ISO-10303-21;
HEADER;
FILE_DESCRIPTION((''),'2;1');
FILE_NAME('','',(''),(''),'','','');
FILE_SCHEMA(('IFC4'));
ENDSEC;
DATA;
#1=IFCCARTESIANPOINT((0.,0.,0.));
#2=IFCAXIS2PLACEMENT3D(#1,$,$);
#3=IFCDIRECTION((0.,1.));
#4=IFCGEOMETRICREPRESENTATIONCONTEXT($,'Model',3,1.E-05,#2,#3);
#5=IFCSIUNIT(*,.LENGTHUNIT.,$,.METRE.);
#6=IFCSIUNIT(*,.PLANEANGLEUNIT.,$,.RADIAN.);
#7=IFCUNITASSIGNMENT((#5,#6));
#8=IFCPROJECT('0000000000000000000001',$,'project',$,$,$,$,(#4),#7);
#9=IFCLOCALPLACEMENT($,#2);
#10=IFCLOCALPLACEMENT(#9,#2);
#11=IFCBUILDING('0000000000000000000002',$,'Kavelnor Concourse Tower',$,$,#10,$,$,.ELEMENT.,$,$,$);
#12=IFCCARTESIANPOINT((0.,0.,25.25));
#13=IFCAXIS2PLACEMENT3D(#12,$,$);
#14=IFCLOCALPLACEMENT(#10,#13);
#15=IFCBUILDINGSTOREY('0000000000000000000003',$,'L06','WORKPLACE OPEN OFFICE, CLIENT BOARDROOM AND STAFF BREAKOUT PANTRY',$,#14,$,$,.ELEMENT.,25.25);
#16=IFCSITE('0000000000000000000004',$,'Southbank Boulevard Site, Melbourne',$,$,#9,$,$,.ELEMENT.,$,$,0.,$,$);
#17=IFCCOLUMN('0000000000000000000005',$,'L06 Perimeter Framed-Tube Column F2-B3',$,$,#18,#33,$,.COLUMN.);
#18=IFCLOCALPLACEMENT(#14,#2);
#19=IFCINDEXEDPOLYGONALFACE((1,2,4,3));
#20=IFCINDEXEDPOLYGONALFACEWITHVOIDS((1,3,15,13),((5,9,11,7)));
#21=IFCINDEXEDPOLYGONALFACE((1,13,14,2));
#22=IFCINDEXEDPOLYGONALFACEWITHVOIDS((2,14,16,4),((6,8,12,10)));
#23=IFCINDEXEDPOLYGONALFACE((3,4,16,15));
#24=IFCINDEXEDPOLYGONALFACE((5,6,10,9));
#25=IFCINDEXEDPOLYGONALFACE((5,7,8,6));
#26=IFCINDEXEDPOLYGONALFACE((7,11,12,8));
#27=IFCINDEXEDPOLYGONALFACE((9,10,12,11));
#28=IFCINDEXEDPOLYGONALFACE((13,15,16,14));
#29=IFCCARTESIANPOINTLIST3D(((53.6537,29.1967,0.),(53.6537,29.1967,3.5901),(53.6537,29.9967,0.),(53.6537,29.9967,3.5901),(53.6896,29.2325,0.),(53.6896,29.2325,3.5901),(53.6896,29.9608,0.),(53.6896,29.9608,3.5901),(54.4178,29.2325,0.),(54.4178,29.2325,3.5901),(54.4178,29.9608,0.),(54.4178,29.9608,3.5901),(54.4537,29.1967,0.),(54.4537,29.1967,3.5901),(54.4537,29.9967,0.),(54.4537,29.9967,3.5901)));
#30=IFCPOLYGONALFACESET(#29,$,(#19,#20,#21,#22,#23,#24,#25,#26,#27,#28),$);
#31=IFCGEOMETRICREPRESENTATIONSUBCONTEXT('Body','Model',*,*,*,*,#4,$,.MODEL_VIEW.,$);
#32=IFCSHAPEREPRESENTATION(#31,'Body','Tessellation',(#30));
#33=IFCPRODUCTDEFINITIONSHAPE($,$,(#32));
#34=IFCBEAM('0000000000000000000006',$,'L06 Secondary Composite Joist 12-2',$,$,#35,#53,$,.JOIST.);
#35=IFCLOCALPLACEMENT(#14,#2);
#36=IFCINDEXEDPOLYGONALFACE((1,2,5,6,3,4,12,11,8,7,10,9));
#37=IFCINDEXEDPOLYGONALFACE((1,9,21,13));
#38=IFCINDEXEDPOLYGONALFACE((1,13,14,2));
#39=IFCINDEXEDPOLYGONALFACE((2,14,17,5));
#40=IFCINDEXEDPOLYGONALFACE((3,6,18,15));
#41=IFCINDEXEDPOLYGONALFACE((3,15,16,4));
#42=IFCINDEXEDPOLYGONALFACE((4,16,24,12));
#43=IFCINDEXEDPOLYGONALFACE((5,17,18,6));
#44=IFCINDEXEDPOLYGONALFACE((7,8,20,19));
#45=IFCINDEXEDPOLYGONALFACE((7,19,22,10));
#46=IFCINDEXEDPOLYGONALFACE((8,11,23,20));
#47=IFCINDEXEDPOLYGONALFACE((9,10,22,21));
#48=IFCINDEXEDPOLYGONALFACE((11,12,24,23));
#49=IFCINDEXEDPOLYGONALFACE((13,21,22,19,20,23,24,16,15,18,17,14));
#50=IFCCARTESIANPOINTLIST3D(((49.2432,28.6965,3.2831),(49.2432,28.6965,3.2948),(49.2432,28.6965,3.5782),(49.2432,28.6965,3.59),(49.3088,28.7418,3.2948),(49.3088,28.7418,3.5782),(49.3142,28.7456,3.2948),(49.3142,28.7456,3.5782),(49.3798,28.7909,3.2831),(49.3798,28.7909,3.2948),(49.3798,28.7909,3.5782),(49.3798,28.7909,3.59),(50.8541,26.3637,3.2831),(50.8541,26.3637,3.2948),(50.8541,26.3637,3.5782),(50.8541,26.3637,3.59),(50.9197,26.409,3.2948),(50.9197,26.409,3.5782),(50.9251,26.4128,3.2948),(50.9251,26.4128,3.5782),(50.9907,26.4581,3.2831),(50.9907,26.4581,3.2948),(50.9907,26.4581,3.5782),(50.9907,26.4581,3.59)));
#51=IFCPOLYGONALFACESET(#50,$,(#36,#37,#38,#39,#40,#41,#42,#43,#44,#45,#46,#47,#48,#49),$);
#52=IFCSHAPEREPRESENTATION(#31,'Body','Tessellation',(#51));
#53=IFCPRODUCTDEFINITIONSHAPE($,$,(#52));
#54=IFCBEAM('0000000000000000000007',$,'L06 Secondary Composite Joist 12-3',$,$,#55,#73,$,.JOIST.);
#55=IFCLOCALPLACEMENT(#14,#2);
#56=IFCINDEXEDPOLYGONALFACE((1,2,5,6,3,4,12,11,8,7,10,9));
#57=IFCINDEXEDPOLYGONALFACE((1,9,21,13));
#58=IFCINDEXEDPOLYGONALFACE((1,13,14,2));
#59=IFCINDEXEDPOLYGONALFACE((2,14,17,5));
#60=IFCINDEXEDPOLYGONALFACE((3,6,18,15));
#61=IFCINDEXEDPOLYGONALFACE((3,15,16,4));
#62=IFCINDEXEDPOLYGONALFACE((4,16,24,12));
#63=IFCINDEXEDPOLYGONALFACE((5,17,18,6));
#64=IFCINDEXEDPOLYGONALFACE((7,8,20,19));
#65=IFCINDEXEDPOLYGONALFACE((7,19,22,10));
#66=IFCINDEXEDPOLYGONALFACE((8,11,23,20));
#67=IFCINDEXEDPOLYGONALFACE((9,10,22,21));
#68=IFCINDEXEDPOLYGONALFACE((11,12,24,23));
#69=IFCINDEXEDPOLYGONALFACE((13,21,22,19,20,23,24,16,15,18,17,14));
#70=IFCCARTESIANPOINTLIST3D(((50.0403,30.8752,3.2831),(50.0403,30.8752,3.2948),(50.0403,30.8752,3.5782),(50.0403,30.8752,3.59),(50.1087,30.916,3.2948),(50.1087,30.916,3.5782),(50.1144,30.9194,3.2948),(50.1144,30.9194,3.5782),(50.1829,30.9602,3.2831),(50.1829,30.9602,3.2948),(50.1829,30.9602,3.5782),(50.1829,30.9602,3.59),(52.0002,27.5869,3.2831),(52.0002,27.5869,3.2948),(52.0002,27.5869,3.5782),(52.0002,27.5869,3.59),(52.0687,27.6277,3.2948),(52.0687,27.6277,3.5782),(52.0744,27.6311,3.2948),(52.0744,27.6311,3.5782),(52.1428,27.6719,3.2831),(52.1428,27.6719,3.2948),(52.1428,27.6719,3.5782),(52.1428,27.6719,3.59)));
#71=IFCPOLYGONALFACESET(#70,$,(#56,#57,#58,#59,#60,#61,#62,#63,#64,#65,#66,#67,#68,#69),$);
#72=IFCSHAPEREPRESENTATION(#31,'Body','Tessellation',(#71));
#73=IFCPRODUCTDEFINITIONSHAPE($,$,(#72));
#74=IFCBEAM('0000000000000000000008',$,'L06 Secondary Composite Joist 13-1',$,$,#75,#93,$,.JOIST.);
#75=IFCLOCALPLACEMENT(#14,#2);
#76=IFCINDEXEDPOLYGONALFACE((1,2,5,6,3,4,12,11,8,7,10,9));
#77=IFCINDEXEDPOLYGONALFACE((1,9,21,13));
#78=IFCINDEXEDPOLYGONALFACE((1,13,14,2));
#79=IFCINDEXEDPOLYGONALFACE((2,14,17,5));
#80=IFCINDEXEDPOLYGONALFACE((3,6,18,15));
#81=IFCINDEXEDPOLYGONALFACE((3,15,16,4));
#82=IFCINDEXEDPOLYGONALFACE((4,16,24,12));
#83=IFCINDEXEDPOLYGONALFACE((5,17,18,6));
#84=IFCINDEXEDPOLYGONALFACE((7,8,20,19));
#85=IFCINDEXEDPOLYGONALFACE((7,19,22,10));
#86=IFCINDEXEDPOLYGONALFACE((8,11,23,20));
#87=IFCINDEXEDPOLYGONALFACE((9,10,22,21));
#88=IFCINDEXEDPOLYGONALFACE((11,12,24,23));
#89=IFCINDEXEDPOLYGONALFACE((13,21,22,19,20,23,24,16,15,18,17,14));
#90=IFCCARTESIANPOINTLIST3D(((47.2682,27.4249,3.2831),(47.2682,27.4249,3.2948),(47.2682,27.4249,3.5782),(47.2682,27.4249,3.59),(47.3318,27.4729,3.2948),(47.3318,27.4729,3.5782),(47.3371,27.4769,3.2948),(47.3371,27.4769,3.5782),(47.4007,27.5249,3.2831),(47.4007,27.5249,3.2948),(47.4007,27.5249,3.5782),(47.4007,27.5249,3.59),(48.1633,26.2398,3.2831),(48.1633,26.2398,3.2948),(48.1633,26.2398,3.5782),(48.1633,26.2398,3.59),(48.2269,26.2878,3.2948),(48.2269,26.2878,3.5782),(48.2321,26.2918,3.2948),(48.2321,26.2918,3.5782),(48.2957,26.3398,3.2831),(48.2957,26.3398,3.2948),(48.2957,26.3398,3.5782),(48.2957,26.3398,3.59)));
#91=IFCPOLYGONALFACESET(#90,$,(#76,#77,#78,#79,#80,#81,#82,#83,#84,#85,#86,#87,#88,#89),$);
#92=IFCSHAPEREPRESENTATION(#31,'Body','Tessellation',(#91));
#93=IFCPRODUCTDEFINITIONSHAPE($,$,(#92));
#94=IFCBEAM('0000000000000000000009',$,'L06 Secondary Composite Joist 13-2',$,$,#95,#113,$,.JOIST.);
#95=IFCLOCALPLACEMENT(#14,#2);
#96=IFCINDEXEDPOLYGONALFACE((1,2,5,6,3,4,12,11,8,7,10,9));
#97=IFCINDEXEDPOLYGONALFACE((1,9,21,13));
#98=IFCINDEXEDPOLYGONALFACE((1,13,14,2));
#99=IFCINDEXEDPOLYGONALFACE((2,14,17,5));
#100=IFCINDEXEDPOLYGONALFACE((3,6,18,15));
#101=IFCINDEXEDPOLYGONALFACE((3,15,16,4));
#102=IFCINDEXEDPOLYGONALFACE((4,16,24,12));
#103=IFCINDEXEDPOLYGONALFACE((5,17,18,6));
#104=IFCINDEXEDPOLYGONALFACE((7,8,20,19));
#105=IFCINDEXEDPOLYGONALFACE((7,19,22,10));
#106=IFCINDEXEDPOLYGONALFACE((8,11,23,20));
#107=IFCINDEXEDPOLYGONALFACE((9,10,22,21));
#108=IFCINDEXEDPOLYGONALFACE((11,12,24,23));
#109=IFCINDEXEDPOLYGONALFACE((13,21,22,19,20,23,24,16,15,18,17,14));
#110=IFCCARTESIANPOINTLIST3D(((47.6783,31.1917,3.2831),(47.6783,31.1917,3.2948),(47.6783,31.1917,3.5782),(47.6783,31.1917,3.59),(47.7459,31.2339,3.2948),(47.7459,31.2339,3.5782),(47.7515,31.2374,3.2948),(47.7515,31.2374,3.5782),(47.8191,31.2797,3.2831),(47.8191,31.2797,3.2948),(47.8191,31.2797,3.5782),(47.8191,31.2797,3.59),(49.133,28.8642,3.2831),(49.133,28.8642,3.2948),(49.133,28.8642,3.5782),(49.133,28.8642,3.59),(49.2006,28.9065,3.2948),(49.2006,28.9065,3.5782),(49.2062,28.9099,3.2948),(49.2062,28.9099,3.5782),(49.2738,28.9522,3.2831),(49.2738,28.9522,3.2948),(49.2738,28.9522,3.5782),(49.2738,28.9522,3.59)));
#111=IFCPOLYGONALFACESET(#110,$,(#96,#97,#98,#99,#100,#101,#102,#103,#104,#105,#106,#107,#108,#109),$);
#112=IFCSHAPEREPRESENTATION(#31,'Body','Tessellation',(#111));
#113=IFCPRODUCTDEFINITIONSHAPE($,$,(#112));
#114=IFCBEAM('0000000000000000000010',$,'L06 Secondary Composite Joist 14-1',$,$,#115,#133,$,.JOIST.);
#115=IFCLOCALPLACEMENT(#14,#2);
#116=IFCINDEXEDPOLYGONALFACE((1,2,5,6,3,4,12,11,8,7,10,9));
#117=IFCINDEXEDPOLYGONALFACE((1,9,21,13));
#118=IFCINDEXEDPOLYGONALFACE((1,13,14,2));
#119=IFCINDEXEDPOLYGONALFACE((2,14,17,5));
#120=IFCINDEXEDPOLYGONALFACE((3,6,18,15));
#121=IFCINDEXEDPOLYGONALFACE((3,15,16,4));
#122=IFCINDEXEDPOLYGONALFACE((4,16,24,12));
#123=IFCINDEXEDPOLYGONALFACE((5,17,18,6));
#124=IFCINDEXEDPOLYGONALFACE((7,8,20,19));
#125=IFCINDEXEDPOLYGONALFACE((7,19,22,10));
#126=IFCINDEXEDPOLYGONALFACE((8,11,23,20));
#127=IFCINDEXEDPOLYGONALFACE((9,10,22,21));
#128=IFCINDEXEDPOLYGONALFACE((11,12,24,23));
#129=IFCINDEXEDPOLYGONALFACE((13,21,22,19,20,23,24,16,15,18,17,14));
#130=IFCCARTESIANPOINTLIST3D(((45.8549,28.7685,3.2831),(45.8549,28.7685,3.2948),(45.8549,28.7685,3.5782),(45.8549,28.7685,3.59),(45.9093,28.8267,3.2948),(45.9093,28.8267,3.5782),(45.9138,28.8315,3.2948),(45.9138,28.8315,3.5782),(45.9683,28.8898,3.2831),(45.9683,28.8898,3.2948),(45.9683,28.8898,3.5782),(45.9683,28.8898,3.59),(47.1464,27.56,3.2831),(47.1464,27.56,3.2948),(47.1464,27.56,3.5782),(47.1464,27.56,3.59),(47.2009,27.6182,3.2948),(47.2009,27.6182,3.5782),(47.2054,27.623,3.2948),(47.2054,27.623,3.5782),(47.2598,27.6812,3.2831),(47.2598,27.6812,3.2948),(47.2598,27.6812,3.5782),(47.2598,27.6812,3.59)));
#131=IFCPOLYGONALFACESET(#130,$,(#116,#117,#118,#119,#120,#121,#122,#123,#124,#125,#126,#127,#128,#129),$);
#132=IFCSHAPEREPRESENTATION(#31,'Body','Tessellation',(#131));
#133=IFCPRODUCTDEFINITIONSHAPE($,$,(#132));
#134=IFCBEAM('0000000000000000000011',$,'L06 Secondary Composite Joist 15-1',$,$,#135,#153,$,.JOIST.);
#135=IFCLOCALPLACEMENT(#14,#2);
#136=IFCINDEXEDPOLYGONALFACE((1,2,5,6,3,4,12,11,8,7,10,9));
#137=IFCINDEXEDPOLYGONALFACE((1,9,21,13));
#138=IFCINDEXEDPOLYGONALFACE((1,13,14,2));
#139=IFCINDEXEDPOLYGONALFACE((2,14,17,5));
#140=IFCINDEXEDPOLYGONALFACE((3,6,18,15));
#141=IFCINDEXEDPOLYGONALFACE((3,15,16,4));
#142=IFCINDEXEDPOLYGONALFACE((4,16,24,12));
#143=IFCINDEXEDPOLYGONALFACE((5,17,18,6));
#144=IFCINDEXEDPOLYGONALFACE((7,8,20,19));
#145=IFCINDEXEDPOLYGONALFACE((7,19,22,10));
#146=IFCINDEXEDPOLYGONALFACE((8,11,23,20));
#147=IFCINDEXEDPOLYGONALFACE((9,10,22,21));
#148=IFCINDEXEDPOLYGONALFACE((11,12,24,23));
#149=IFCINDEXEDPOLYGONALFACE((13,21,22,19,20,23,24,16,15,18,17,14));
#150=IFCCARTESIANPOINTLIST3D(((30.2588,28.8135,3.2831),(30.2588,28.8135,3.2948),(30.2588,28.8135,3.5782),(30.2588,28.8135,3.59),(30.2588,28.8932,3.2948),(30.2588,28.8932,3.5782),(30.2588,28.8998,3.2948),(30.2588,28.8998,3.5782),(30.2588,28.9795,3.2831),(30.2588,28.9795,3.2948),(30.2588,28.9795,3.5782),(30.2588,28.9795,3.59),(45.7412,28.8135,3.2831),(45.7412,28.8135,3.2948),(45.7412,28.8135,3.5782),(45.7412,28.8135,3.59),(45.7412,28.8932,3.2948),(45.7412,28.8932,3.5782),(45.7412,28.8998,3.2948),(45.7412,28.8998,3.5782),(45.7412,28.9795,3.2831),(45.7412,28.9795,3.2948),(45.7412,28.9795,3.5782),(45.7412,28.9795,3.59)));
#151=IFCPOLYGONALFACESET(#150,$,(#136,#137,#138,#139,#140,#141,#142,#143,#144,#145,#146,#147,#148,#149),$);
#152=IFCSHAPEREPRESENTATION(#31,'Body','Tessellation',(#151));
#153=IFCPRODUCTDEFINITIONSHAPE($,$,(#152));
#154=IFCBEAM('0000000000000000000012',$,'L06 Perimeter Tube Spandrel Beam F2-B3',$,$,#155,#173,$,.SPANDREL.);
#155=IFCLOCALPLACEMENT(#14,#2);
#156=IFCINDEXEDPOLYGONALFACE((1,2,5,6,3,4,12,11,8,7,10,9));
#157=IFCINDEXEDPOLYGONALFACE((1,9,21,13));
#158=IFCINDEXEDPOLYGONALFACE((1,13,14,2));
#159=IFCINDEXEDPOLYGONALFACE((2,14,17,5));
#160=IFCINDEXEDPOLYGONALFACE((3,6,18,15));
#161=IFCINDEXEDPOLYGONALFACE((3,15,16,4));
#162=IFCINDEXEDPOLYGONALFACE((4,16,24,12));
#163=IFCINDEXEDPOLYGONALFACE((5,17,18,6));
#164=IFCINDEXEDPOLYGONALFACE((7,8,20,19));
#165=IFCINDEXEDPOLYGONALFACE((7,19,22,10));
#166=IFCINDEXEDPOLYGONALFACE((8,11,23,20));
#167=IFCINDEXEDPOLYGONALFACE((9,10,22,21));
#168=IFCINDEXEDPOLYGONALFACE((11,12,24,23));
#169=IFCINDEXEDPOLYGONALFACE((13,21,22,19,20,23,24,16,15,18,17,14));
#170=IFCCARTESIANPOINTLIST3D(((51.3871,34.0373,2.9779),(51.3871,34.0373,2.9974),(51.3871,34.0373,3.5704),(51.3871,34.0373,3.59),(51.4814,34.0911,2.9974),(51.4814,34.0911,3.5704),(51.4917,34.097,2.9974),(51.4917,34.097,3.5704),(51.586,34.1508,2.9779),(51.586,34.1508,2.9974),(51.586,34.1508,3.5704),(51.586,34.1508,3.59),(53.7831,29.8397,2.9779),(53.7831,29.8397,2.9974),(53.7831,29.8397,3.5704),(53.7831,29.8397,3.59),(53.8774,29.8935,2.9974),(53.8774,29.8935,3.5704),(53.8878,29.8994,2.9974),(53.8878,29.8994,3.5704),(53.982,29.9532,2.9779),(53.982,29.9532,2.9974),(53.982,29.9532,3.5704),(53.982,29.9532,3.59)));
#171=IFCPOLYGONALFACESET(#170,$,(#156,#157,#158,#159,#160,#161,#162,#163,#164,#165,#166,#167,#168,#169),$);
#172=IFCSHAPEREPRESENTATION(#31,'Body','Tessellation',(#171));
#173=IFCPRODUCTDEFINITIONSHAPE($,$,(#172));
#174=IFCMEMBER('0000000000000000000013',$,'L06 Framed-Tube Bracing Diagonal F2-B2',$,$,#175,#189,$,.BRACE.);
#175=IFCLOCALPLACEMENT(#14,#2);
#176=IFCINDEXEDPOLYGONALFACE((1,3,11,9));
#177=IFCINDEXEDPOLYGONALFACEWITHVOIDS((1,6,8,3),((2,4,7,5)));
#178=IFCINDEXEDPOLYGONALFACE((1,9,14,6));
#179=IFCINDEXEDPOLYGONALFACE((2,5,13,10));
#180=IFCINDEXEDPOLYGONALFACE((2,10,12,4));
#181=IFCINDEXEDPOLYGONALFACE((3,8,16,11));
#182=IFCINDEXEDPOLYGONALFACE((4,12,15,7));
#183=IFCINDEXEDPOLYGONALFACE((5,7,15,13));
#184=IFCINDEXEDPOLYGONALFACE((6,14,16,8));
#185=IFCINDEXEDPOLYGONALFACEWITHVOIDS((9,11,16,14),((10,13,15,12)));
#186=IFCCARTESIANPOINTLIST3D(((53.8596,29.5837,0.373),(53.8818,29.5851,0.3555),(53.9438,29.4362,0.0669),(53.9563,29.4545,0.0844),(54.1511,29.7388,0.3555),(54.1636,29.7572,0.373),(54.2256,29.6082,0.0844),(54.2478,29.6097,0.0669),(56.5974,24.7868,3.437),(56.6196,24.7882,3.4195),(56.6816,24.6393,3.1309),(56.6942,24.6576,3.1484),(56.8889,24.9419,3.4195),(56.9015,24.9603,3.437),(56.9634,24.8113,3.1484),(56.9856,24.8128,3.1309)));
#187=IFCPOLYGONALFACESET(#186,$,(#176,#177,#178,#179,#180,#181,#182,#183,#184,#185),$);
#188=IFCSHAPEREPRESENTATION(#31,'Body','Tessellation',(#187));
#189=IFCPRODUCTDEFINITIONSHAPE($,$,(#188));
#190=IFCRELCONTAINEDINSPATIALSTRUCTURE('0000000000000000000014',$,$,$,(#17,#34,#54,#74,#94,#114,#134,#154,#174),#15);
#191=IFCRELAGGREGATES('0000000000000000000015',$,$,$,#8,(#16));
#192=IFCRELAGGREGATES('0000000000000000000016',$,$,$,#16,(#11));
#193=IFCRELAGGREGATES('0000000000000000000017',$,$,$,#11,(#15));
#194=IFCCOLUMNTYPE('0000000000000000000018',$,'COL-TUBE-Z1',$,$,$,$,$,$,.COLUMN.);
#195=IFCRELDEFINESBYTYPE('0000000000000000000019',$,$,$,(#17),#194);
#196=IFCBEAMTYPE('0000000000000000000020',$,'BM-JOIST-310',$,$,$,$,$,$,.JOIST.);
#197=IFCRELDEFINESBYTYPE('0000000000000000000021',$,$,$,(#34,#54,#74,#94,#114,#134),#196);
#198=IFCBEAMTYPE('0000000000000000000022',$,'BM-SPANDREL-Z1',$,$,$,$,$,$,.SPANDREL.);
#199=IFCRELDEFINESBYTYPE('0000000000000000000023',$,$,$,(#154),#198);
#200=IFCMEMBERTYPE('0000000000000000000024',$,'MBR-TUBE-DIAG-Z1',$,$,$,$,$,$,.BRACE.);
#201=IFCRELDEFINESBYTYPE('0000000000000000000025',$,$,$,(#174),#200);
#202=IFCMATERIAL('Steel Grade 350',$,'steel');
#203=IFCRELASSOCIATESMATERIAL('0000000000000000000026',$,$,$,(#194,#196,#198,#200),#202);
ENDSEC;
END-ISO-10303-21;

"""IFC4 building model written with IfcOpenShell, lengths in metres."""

from ifc_helpers import new_model, si_unit, direction, frame, origin, origin_2d, place, context, subcontext, project, spatial, hollow_rectangle, i_section, extrude, material, material_profile, profile_set, type_object, element, save


model = new_model("IFC4")

# Units and contexts
model_context = context("Model", 3, precision=1e-05, world=origin(), true_north=direction((0.0, 1.0)))
body_context = subcontext(model_context, "Body", "Model", "MODEL_VIEW")
ifc_project = project(units=[si_unit("LENGTHUNIT", "METRE"), si_unit("PLANEANGLEUNIT", "RADIAN")], contexts=[model_context])

# Site, building, storey
site_placement = place(None, origin())
site = spatial("IfcSite", under=ifc_project, at=site_placement, Name="Southbank Boulevard Site, Melbourne", CompositionType="ELEMENT", RefElevation=0.0)
building_placement = place(site_placement, origin())
building = spatial("IfcBuilding", under=site, at=building_placement, Name="Kavelnor Concourse Tower", CompositionType="ELEMENT")
storey_placement = place(building_placement, frame((0.0, 0.0, 25.25)))
storey = spatial("IfcBuildingStorey", under=building, at=storey_placement, Name="L06", Description="WORKPLACE OPEN OFFICE, CLIENT BOARDROOM AND STAFF BREAKOUT PANTRY", CompositionType="ELEMENT", Elevation=25.25)

# Column
ifc_material_1 = material(Name="Steel Grade 350", Category="steel")
ifc_material_profile_1 = material_profile(ifc_material_1, hollow_rectangle(XDim=0.8, YDim=0.8, WallThickness=0.0359, at=origin_2d()), Name="SHS 800x800x36")
ifc_profile_set_1 = profile_set([ifc_material_profile_1], Name="Steel Grade 350")
column_type = type_object("IfcColumnType", Name="COL-TUBE-Z1", PredefinedType="COLUMN", material=ifc_profile_set_1)
column_placement = place(storey_placement, frame((54.0537, 29.5967, 0.0), z_axis=(0.0, 0.0, 1.0), x_axis=(1.0, 0.0, 0.0)))
element("IfcColumn", 1, at=column_placement, inside=storey, type_object=column_type, Name="L06 Perimeter Framed-Tube Column F2-B3", PredefinedType="COLUMN", context=body_context, shape_type="SweptSolid", body=[
    extrude(hollow_rectangle(XDim=0.8, YDim=0.8, WallThickness=0.0359, at=origin_2d()), origin(), (0.0, 0.0, 1.0), 3.5901),
])

# Beams
ifc_material_profile_2 = material_profile(ifc_material_1, i_section(OverallWidth=0.166, OverallDepth=0.3069, WebThickness=0.0066, FlangeThickness=0.0117, at=origin_2d()), Name="310UB46")
ifc_profile_set_2 = profile_set([ifc_material_profile_2], Name="Steel Grade 350")
beam_type_1 = type_object("IfcBeamType", Name="BM-JOIST-310", PredefinedType="JOIST", material=ifc_profile_set_2)
beam_1_placement = place(storey_placement, frame((50.9224, 26.4109, 3.4365), z_axis=(-0.56822, 0.822877, 0.0), x_axis=(-0.822877, -0.56822, 0.0)))
element("IfcBeam", 2, at=beam_1_placement, inside=storey, type_object=beam_type_1, Name="L06 Secondary Composite Joist 12-2", PredefinedType="JOIST", context=body_context, shape_type="SweptSolid", body=[
    extrude(i_section(OverallWidth=0.166, OverallDepth=0.3069, WebThickness=0.0066, FlangeThickness=0.0117, at=origin_2d()), origin(), (0.0, 0.0, 1.0), 2.835),
])
beam_2_placement = place(storey_placement, frame((52.0715, 27.6294, 3.4365), z_axis=(-0.511989, 0.858992, 0.0), x_axis=(-0.858992, -0.511989, 0.0)))
element("IfcBeam", 3, at=beam_2_placement, inside=storey, type_object=beam_type_1, Name="L06 Secondary Composite Joist 12-3", PredefinedType="JOIST", context=body_context, shape_type="SweptSolid", body=[
    extrude(i_section(OverallWidth=0.166, OverallDepth=0.3069, WebThickness=0.0066, FlangeThickness=0.0117, at=origin_2d()), origin(), (0.0, 0.0, 1.0), 3.8281),
])
beam_3_placement = place(storey_placement, frame((48.2295, 26.2898, 3.4365), z_axis=(-0.60268, 0.797983, 0.0), x_axis=(-0.797983, -0.60268, 0.0)))
element("IfcBeam", 4, at=beam_3_placement, inside=storey, type_object=beam_type_1, Name="L06 Secondary Composite Joist 13-1", PredefinedType="JOIST", context=body_context, shape_type="SweptSolid", body=[
    extrude(i_section(OverallWidth=0.166, OverallDepth=0.3069, WebThickness=0.0066, FlangeThickness=0.0117, at=origin_2d()), origin(), (0.0, 0.0, 1.0), 1.4851),
])
beam_4_placement = place(storey_placement, frame((49.2034, 28.9082, 3.4365), z_axis=(-0.529991, 0.848003, 0.0), x_axis=(-0.848003, -0.529991, 0.0)))
element("IfcBeam", 5, at=beam_4_placement, inside=storey, type_object=beam_type_1, Name="L06 Secondary Composite Joist 13-2", PredefinedType="JOIST", context=body_context, shape_type="SweptSolid", body=[
    extrude(i_section(OverallWidth=0.166, OverallDepth=0.3069, WebThickness=0.0066, FlangeThickness=0.0117, at=origin_2d()), origin(), (0.0, 0.0, 1.0), 2.7446),
])
beam_5_placement = place(storey_placement, frame((47.2031, 27.6206, 3.4365), z_axis=(-0.730183, 0.683252, 0.0), x_axis=(-0.683252, -0.730183, 0.0)))
element("IfcBeam", 6, at=beam_5_placement, inside=storey, type_object=beam_type_1, Name="L06 Secondary Composite Joist 14-1", PredefinedType="JOIST", context=body_context, shape_type="SweptSolid", body=[
    extrude(i_section(OverallWidth=0.166, OverallDepth=0.3069, WebThickness=0.0066, FlangeThickness=0.0117, at=origin_2d()), origin(), (0.0, 0.0, 1.0), 1.7688),
])
beam_6_placement = place(storey_placement, frame((45.7412, 28.8965, 3.4365), z_axis=(-1.0, 0.0, 0.0), x_axis=(0.0, -1.0, 0.0)))
element("IfcBeam", 7, at=beam_6_placement, inside=storey, type_object=beam_type_1, Name="L06 Secondary Composite Joist 15-1", PredefinedType="JOIST", context=body_context, shape_type="SweptSolid", body=[
    extrude(i_section(OverallWidth=0.166, OverallDepth=0.3069, WebThickness=0.0066, FlangeThickness=0.0117, at=origin_2d()), origin(), (0.0, 0.0, 1.0), 15.4824),
])
ifc_material_profile_3 = material_profile(ifc_material_1, i_section(OverallWidth=0.229, OverallDepth=0.6121, WebThickness=0.012, FlangeThickness=0.0195, at=origin_2d()), Name="610UB125")
ifc_profile_set_3 = profile_set([ifc_material_profile_3], Name="Steel Grade 350")
beam_type_2 = type_object("IfcBeamType", Name="BM-SPANDREL-Z1", PredefinedType="SPANDREL", material=ifc_profile_set_3)
beam_7_placement = place(storey_placement, frame((53.8826, 29.8965, 3.2839), z_axis=(-0.495736, 0.868473, 0.0), x_axis=(-0.868473, -0.495736, 0.0)))
element("IfcBeam", 8, at=beam_7_placement, inside=storey, type_object=beam_type_2, Name="L06 Perimeter Tube Spandrel Beam F2-B3", PredefinedType="SPANDREL", context=body_context, shape_type="SweptSolid", body=[
    extrude(i_section(OverallWidth=0.229, OverallDepth=0.6121, WebThickness=0.012, FlangeThickness=0.0195, at=origin_2d()), origin(), (0.0, 0.0, 1.0), 4.8333),
])

# Member
ifc_material_profile_4 = material_profile(ifc_material_1, hollow_rectangle(XDim=0.3501, YDim=0.3501, WallThickness=0.02, at=origin_2d()), Name="SHS 350x350x20")
ifc_profile_set_4 = profile_set([ifc_material_profile_4], Name="Steel Grade 350")
member_type = type_object("IfcMemberType", Name="MBR-TUBE-DIAG-Z1", PredefinedType="BRACE", material=ifc_profile_set_4)
member_placement = place(storey_placement, frame((54.0537, 29.5967, 0.22), z_axis=(0.433461, -0.759465, 0.485102), x_axis=(0.868499, 0.495691, 0.0)))
element("IfcMember", 9, at=member_placement, inside=storey, type_object=member_type, Name="L06 Framed-Tube Bracing Diagonal F2-B2", PredefinedType="BRACE", context=body_context, shape_type="SweptSolid", body=[
    extrude(hollow_rectangle(XDim=0.3501, YDim=0.3501, WallThickness=0.02, at=origin_2d()), origin(), (0.0, 0.0, 1.0), 6.3162),
])

save(model, "model.ifc")
